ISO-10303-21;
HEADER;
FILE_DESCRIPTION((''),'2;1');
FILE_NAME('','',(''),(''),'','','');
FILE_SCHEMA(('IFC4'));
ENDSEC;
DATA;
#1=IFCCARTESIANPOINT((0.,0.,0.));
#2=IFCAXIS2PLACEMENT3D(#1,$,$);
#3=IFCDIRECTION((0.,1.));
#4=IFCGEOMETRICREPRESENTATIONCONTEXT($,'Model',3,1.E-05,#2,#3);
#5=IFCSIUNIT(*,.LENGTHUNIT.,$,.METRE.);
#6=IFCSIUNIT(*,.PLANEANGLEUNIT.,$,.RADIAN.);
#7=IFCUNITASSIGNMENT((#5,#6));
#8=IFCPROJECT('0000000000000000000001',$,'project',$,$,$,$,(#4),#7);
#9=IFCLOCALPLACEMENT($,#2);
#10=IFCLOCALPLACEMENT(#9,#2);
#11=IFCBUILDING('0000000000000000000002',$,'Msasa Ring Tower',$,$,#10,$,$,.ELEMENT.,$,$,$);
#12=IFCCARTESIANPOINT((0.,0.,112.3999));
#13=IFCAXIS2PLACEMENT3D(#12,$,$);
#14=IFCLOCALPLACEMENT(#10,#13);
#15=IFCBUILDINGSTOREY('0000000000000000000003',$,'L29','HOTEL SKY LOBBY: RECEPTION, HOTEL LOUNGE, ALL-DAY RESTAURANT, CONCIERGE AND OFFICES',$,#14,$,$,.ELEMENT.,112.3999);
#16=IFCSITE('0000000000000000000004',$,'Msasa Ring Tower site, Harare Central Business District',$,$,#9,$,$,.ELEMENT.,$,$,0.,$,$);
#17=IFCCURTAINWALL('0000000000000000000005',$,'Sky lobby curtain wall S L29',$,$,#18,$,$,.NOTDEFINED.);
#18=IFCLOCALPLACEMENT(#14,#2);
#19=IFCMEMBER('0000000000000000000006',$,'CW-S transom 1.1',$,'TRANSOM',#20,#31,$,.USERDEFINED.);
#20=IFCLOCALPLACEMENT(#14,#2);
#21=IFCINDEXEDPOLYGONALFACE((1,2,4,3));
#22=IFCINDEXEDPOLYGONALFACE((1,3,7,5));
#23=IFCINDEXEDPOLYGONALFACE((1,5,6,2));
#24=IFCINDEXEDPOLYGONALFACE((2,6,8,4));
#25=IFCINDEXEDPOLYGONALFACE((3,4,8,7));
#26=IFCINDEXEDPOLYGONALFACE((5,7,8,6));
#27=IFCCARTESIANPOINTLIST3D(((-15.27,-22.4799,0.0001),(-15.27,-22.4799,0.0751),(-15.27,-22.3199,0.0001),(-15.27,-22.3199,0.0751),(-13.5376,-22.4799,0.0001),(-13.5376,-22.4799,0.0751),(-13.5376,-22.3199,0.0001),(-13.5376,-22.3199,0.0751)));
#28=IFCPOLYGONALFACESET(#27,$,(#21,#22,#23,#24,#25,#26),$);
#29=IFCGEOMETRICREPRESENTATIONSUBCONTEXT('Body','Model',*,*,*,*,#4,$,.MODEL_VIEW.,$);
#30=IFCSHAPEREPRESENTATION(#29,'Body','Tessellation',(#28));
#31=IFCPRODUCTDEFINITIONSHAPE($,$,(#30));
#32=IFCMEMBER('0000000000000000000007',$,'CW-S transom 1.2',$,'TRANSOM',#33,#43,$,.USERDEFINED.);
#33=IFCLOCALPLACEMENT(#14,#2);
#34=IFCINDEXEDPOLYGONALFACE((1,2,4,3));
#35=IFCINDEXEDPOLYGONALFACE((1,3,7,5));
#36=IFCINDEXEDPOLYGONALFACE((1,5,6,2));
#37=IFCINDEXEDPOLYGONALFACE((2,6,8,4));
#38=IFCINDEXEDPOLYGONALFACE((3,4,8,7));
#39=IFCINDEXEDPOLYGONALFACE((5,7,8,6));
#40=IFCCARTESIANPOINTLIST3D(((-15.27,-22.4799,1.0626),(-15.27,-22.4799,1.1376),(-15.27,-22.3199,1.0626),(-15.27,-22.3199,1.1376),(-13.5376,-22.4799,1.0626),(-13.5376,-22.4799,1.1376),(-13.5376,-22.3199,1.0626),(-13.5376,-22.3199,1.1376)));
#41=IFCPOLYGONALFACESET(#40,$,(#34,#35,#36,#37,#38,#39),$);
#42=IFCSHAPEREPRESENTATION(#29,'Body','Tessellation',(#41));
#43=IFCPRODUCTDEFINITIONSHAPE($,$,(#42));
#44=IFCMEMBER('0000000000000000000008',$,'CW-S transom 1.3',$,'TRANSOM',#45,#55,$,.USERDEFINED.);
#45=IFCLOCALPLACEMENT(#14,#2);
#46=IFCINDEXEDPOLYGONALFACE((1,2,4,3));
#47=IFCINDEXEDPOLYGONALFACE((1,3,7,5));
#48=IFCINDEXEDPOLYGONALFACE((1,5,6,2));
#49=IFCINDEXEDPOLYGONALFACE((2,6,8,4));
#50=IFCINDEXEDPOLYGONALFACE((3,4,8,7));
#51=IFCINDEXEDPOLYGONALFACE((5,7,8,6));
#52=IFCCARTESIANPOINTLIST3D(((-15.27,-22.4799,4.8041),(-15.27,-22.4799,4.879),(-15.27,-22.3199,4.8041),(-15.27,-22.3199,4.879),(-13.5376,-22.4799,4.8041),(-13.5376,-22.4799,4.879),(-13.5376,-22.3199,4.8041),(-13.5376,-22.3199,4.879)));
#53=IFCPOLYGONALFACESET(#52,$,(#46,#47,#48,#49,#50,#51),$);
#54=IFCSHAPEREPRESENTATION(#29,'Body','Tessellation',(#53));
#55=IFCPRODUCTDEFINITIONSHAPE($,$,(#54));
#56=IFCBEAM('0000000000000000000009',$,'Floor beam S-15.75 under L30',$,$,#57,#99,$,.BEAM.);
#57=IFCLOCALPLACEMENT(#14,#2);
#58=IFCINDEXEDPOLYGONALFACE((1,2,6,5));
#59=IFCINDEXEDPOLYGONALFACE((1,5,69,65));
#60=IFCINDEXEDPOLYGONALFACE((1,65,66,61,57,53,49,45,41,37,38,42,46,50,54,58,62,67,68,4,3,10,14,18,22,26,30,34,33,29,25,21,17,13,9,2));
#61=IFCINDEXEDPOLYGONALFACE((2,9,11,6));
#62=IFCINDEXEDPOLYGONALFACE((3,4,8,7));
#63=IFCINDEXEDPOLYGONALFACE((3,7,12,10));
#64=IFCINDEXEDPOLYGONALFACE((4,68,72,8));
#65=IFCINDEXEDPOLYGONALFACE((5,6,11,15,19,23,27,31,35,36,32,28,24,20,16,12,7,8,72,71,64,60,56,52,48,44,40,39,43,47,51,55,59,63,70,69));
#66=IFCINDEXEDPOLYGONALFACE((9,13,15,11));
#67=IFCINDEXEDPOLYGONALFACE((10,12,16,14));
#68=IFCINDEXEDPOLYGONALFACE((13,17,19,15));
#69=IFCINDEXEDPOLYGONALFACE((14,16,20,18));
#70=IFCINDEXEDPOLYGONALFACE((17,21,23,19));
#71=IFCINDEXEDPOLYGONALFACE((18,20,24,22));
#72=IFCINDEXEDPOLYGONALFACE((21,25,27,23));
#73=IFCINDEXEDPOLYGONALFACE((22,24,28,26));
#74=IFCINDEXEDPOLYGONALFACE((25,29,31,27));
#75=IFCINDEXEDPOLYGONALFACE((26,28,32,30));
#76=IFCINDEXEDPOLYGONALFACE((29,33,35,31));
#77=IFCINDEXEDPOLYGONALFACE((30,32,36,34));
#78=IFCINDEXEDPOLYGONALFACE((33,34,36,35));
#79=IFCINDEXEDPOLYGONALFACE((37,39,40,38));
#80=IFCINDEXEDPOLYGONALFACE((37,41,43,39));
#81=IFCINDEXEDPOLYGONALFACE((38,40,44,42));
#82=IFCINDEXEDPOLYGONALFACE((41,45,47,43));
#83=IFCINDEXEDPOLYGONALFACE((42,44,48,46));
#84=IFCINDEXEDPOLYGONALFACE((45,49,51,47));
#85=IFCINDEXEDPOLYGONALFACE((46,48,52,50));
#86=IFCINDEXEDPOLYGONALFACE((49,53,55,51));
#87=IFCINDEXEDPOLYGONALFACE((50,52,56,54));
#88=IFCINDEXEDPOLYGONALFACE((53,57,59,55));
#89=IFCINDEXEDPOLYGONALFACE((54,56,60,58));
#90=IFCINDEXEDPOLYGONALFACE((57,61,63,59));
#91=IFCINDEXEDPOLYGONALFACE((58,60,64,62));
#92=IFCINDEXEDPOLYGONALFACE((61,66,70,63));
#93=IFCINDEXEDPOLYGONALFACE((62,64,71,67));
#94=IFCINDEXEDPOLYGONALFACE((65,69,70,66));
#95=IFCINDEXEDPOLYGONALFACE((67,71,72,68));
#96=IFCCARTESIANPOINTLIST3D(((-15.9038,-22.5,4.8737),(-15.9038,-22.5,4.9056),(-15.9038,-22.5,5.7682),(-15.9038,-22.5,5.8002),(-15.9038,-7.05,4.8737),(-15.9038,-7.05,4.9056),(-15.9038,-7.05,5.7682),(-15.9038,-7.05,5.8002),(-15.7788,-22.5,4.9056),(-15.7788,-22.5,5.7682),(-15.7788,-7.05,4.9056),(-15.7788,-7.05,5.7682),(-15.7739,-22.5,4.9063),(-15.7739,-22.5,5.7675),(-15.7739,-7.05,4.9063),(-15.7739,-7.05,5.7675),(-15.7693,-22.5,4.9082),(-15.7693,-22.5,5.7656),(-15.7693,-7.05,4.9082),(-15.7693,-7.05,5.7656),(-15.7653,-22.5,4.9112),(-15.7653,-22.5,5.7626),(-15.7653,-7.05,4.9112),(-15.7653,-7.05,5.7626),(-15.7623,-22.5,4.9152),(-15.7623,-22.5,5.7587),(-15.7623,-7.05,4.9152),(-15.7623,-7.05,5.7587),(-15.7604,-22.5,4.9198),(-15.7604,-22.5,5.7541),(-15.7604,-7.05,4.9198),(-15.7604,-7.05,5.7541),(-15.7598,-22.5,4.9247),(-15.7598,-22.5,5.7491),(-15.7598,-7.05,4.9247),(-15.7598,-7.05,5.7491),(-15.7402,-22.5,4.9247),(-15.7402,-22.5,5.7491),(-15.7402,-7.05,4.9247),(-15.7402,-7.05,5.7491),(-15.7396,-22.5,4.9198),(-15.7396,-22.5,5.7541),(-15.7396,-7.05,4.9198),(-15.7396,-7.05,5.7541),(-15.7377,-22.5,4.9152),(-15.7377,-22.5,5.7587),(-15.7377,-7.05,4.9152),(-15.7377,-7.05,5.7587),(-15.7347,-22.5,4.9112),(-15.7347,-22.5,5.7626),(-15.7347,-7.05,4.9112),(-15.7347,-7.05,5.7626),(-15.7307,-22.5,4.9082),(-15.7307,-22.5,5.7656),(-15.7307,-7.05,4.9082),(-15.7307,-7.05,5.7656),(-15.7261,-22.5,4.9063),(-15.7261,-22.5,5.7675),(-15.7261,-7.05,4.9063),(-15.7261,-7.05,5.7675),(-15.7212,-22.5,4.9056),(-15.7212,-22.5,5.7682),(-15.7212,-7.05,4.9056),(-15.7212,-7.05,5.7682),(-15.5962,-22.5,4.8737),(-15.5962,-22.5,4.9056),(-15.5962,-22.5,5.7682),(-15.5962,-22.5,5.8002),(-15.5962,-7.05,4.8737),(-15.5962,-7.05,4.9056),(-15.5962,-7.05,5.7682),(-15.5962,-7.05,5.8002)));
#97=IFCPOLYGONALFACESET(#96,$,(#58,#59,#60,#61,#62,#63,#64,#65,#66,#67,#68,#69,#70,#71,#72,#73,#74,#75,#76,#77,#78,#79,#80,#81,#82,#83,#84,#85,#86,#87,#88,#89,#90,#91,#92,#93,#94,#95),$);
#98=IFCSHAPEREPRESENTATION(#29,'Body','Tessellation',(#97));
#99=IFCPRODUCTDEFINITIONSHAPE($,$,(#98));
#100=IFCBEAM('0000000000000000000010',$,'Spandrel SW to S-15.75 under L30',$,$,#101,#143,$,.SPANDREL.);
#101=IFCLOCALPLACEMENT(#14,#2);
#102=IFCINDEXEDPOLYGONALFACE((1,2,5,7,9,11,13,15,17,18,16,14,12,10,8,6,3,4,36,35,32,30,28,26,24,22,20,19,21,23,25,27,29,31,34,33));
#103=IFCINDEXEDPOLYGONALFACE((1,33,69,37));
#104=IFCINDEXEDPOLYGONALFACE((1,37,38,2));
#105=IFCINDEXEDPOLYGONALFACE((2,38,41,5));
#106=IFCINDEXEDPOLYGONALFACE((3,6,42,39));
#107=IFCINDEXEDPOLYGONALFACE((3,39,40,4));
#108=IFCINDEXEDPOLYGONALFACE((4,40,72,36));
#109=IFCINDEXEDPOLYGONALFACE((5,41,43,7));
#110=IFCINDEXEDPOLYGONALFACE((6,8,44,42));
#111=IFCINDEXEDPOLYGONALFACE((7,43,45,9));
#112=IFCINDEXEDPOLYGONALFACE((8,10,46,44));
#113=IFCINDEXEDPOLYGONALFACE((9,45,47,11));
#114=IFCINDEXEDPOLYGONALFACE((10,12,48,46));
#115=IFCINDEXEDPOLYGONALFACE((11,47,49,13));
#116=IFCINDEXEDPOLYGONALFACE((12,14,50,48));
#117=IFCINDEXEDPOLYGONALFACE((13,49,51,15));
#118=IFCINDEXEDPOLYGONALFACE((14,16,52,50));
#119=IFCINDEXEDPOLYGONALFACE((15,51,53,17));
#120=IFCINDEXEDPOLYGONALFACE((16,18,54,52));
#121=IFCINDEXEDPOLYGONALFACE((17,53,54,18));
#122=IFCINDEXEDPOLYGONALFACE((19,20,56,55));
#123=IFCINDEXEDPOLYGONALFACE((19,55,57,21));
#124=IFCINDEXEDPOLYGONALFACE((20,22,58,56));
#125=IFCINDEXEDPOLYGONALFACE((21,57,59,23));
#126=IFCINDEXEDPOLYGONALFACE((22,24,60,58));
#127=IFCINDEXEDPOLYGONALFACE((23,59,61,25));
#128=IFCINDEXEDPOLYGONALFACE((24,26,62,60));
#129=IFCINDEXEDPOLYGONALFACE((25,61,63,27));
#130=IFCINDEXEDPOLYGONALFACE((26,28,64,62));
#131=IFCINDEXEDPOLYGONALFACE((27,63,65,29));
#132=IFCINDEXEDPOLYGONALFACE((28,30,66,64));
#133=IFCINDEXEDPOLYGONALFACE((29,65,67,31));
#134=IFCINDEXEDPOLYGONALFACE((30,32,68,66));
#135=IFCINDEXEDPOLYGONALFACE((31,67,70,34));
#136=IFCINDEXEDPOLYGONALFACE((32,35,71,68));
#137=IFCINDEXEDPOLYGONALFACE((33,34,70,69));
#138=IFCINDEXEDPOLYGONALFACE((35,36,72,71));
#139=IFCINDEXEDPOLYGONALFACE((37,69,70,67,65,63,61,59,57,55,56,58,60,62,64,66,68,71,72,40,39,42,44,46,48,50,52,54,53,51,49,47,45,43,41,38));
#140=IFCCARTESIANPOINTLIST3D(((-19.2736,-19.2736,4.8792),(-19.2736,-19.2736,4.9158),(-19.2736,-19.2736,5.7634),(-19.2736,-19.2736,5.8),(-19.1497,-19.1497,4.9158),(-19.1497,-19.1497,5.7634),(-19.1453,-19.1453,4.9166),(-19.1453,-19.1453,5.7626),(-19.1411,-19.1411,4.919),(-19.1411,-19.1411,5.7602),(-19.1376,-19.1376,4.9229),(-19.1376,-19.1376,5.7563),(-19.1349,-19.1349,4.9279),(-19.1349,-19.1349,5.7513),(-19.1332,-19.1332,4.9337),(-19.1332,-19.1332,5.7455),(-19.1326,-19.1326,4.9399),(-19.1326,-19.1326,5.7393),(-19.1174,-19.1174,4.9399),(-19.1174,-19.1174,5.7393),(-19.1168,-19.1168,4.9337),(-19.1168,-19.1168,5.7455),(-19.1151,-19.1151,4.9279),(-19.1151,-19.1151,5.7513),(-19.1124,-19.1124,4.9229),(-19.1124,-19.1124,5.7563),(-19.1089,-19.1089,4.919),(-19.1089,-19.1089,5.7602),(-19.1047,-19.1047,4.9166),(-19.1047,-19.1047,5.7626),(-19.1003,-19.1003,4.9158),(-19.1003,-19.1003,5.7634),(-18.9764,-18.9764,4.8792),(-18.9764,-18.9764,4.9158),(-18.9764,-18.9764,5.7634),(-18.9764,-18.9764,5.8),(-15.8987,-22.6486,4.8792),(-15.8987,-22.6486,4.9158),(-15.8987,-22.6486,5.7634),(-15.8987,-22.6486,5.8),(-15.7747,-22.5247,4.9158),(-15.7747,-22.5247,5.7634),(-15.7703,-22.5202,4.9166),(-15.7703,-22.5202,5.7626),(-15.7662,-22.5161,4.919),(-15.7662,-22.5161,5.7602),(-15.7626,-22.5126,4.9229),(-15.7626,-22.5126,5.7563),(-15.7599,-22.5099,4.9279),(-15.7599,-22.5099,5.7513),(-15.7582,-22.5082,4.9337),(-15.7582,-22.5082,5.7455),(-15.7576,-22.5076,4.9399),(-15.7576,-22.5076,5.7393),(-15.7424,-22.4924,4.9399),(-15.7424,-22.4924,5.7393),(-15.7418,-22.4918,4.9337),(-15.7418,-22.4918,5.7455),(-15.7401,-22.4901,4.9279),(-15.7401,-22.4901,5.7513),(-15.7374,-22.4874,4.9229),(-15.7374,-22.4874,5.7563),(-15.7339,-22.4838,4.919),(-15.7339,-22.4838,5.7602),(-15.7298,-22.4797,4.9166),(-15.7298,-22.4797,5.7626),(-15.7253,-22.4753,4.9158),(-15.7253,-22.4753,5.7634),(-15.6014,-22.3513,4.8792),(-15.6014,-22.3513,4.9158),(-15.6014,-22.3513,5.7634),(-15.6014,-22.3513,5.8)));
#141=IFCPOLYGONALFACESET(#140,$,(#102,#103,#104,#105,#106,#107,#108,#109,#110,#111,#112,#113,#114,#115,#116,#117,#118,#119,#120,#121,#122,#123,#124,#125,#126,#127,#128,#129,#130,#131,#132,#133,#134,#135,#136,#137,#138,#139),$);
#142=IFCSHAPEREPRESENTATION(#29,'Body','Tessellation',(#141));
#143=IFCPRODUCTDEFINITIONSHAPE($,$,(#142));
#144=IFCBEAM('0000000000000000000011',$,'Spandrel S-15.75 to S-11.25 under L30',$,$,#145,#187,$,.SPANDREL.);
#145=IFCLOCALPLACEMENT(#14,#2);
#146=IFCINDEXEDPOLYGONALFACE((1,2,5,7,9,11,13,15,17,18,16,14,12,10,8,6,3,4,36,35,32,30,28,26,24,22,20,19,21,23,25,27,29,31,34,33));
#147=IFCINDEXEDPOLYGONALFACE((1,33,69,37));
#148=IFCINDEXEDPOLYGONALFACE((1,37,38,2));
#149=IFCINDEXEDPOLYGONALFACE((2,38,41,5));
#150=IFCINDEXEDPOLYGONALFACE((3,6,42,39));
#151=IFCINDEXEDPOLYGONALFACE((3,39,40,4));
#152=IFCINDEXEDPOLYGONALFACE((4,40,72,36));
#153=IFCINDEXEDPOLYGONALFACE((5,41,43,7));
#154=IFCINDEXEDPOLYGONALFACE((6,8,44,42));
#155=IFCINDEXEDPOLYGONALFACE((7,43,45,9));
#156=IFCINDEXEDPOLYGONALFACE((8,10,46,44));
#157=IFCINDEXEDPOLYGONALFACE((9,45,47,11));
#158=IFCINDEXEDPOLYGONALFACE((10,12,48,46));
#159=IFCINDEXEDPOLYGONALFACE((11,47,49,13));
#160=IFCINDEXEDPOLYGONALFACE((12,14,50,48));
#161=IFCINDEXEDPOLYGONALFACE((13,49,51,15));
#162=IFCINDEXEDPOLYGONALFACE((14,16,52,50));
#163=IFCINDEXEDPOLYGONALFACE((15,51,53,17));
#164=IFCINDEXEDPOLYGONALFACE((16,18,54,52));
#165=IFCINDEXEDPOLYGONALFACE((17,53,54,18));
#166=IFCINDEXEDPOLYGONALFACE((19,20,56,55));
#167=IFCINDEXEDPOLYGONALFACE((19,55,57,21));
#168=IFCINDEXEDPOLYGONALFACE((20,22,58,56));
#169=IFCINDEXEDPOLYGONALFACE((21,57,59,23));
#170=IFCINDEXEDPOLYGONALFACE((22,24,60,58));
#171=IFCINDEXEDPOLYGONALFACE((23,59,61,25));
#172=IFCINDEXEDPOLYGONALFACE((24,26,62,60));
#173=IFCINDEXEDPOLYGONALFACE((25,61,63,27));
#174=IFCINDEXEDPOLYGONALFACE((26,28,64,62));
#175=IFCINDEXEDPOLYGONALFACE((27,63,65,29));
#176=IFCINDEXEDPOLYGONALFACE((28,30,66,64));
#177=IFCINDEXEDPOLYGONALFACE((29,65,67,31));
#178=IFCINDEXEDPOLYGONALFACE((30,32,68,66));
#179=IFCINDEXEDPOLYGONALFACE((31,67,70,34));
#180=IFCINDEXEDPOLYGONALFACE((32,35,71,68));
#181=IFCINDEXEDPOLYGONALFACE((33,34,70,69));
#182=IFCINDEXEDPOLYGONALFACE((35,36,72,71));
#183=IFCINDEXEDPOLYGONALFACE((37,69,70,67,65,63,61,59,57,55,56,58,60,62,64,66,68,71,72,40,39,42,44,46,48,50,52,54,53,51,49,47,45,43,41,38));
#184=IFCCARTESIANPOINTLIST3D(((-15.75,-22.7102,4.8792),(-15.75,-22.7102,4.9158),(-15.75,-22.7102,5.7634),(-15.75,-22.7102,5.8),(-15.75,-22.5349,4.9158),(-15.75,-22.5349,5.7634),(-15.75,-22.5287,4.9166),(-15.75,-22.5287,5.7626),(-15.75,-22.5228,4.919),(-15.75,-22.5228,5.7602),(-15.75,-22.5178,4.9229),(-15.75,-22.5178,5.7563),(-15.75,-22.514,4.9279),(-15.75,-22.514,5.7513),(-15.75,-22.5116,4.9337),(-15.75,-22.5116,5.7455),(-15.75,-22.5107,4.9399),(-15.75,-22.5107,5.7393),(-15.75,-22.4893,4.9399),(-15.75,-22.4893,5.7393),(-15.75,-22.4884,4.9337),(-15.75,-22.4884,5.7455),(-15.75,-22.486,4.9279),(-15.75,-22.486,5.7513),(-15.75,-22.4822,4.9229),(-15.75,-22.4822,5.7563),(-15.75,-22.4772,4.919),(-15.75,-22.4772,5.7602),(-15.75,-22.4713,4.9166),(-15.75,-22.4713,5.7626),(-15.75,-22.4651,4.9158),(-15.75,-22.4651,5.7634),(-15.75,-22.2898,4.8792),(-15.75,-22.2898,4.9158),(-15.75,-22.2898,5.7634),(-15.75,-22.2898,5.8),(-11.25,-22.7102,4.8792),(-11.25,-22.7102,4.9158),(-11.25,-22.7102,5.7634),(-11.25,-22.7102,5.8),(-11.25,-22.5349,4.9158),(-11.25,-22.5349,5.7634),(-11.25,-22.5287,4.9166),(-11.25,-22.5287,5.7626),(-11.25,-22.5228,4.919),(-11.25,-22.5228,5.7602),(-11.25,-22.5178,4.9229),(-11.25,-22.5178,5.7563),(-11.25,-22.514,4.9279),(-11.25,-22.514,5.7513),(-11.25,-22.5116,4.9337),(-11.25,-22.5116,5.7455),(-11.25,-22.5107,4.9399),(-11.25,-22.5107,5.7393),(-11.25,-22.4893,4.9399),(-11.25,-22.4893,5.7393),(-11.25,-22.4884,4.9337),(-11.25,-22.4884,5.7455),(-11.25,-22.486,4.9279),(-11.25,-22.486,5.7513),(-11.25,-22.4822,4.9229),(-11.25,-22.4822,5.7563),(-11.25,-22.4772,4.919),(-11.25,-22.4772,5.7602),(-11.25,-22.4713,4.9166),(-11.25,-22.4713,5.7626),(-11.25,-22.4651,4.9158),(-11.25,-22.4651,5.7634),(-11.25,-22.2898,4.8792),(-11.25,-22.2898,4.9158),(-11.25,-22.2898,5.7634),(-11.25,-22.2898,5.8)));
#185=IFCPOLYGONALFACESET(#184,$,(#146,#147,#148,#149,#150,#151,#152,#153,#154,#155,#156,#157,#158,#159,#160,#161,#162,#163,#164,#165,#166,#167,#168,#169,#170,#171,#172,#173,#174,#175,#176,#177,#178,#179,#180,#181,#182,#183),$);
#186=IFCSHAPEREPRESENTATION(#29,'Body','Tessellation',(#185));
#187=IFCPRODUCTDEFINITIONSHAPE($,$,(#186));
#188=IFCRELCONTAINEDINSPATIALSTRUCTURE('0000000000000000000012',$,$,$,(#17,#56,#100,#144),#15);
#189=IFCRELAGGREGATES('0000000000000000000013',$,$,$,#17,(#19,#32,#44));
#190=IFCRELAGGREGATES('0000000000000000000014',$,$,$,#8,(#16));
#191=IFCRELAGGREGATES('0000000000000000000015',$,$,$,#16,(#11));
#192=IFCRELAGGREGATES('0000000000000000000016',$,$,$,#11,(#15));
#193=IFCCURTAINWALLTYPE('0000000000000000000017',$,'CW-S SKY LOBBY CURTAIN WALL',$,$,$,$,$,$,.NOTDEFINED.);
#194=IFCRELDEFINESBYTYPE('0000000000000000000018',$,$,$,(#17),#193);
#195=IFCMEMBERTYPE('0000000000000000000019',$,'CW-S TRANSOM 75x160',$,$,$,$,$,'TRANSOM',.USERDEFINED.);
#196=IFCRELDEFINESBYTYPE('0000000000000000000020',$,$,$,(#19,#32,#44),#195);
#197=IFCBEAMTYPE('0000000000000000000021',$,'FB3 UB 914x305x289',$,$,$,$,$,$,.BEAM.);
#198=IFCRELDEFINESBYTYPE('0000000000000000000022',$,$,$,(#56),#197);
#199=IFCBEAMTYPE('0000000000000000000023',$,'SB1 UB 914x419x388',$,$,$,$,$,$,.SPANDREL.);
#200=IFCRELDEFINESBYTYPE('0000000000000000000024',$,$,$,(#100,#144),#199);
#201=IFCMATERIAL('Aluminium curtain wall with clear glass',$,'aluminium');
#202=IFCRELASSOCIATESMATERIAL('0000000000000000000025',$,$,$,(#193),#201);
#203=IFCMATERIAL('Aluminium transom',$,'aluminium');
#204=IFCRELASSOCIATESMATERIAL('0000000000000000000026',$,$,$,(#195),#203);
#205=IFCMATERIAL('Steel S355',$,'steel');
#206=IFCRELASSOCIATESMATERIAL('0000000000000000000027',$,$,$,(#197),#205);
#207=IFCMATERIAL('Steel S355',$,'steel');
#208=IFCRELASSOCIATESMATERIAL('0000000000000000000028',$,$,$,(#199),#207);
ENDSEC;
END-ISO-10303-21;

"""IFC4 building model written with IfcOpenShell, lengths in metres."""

from ifc_helpers import new_model, si_unit, direction, frame, origin, origin_2d, place, context, subcontext, project, spatial, rectangle, i_section, extrude, material, material_profile, profile_set, type_object, element, aggregate, save


model = new_model("IFC4")

# Units and contexts
model_context = context("Model", 3, precision=1e-05, world=origin(), true_north=direction((0.0, 1.0)))
body_context = subcontext(model_context, "Body", "Model", "MODEL_VIEW")
ifc_project = project(units=[si_unit("LENGTHUNIT", "METRE"), si_unit("PLANEANGLEUNIT", "RADIAN")], contexts=[model_context])

# Site, building, storey
site_placement = place(None, origin())
site = spatial("IfcSite", under=ifc_project, at=site_placement, Name="Msasa Ring Tower site, Harare Central Business District", CompositionType="ELEMENT", RefElevation=0.0)
building_placement = place(site_placement, origin())
building = spatial("IfcBuilding", under=site, at=building_placement, Name="Msasa Ring Tower", CompositionType="ELEMENT")
storey_placement = place(building_placement, frame((0.0, 0.0, 112.3999)))
storey = spatial("IfcBuildingStorey", under=building, at=storey_placement, Name="L29", Description="HOTEL SKY LOBBY: RECEPTION, HOTEL LOUNGE, ALL-DAY RESTAURANT, CONCIERGE AND OFFICES", CompositionType="ELEMENT", Elevation=112.3999)

# Curtain wall, members
ifc_material_1 = material(Name="Aluminium curtain wall with clear glass", Category="aluminium")
curtain_wall_type_1 = type_object("IfcCurtainWallType", Name="CW-S SKY LOBBY CURTAIN WALL", PredefinedType="NOTDEFINED", material=ifc_material_1)
curtain_wall_1_placement = place(storey_placement, origin())
curtain_wall_1 = element("IfcCurtainWall", 1, at=curtain_wall_1_placement, inside=storey, type_object=curtain_wall_type_1, Name="Sky lobby curtain wall S L29", PredefinedType="NOTDEFINED")
ifc_material_2 = material(Name="Aluminium transom", Category="aluminium")
ifc_material_profile_1 = material_profile(ifc_material_2, rectangle(XDim=0.1599, YDim=0.075, at=origin_2d()), Name="AL 75x160")
ifc_profile_set_1 = profile_set([ifc_material_profile_1], Name="Aluminium transom")
member_type_1 = type_object("IfcMemberType", Name="CW-S TRANSOM 75x160", ElementType="TRANSOM", PredefinedType="USERDEFINED", material=ifc_profile_set_1)
member_1_placement = place(storey_placement, frame((-15.27, -22.3999, 0.0376), z_axis=(1.0, 0.0, 0.0), x_axis=(0.0, 1.0, 0.0)))
member_1 = element("IfcMember", 2, at=member_1_placement, type_object=member_type_1, Name="CW-S transom 1.1", ObjectType="TRANSOM", PredefinedType="USERDEFINED", context=body_context, shape_type="SweptSolid", body=[
    extrude(rectangle(XDim=0.1599, YDim=0.075, at=origin_2d()), origin(), (0.0, 0.0, 1.0), 1.7324),
])
member_2_placement = place(storey_placement, frame((-15.27, -22.3999, 1.1001), z_axis=(1.0, 0.0, 0.0), x_axis=(0.0, 1.0, 0.0)))
member_2 = element("IfcMember", 3, at=member_2_placement, type_object=member_type_1, Name="CW-S transom 1.2", ObjectType="TRANSOM", PredefinedType="USERDEFINED", context=body_context, shape_type="SweptSolid", body=[
    extrude(rectangle(XDim=0.1599, YDim=0.075, at=origin_2d()), origin(), (0.0, 0.0, 1.0), 1.7324),
])
member_3_placement = place(storey_placement, frame((-15.27, -22.3999, 4.8416), z_axis=(1.0, 0.0, 0.0), x_axis=(0.0, 1.0, 0.0)))
member_3 = element("IfcMember", 4, at=member_3_placement, type_object=member_type_1, Name="CW-S transom 1.3", ObjectType="TRANSOM", PredefinedType="USERDEFINED", context=body_context, shape_type="SweptSolid", body=[
    extrude(rectangle(XDim=0.1599, YDim=0.075, at=origin_2d()), origin(), (0.0, 0.0, 1.0), 1.7324),
])
aggregate(curtain_wall_1, [member_1, member_2, member_3])

# Beams
ifc_material_3 = material(Name="Steel S355", Category="steel")
ifc_material_profile_2 = material_profile(ifc_material_3, i_section(OverallWidth=0.3076, OverallDepth=0.9265, WebThickness=0.0195, FlangeThickness=0.032, FilletRadius=0.019, at=origin_2d()), Name="UB 914x305x289")
ifc_profile_set_2 = profile_set([ifc_material_profile_2], Name="Steel S355")
beam_type_1 = type_object("IfcBeamType", Name="FB3 UB 914x305x289", PredefinedType="BEAM", material=ifc_profile_set_2)
beam_1_placement = place(storey_placement, frame((-15.75, -22.5, 5.3369), z_axis=(0.0, 1.0, 0.0), x_axis=(-1.0, 0.0, 0.0)))
element("IfcBeam", 5, at=beam_1_placement, inside=storey, type_object=beam_type_1, Name="Floor beam S-15.75 under L30", PredefinedType="BEAM", context=body_context, shape_type="SweptSolid", body=[
    extrude(i_section(OverallWidth=0.3076, OverallDepth=0.9265, WebThickness=0.0195, FlangeThickness=0.032, FilletRadius=0.019, at=origin_2d()), origin(), (0.0, 0.0, 1.0), 15.45),
])
ifc_material_4 = material(Name="Steel S355", Category="steel")
ifc_material_profile_3 = material_profile(ifc_material_4, i_section(OverallWidth=0.4204, OverallDepth=0.9209, WebThickness=0.0215, FlangeThickness=0.0366, FilletRadius=0.0242, at=origin_2d()), Name="UB 914x419x388")
ifc_profile_set_3 = profile_set([ifc_material_profile_3], Name="Steel S355")
beam_type_2 = type_object("IfcBeamType", Name="SB1 UB 914x419x388", PredefinedType="SPANDREL", material=ifc_profile_set_3)
beam_2_placement = place(storey_placement, frame((-19.125, -19.125, 5.3396), z_axis=(0.707107, -0.707107, 0.0), x_axis=(0.707107, 0.707107, 0.0)))
element("IfcBeam", 6, at=beam_2_placement, inside=storey, type_object=beam_type_2, Name="Spandrel SW to S-15.75 under L30", PredefinedType="SPANDREL", context=body_context, shape_type="SweptSolid", body=[
    extrude(i_section(OverallWidth=0.4204, OverallDepth=0.9209, WebThickness=0.0215, FlangeThickness=0.0366, FilletRadius=0.0242, at=origin_2d()), origin(), (0.0, 0.0, 1.0), 4.7729),
])
beam_3_placement = place(storey_placement, frame((-15.75, -22.5, 5.3396), z_axis=(1.0, 0.0, 0.0), x_axis=(0.0, 1.0, 0.0)))
element("IfcBeam", 7, at=beam_3_placement, inside=storey, type_object=beam_type_2, Name="Spandrel S-15.75 to S-11.25 under L30", PredefinedType="SPANDREL", context=body_context, shape_type="SweptSolid", body=[
    extrude(i_section(OverallWidth=0.4204, OverallDepth=0.9209, WebThickness=0.0215, FlangeThickness=0.0366, FilletRadius=0.0242, at=origin_2d()), origin(), (0.0, 0.0, 1.0), 4.5),
])

save(model, "model.ifc")
